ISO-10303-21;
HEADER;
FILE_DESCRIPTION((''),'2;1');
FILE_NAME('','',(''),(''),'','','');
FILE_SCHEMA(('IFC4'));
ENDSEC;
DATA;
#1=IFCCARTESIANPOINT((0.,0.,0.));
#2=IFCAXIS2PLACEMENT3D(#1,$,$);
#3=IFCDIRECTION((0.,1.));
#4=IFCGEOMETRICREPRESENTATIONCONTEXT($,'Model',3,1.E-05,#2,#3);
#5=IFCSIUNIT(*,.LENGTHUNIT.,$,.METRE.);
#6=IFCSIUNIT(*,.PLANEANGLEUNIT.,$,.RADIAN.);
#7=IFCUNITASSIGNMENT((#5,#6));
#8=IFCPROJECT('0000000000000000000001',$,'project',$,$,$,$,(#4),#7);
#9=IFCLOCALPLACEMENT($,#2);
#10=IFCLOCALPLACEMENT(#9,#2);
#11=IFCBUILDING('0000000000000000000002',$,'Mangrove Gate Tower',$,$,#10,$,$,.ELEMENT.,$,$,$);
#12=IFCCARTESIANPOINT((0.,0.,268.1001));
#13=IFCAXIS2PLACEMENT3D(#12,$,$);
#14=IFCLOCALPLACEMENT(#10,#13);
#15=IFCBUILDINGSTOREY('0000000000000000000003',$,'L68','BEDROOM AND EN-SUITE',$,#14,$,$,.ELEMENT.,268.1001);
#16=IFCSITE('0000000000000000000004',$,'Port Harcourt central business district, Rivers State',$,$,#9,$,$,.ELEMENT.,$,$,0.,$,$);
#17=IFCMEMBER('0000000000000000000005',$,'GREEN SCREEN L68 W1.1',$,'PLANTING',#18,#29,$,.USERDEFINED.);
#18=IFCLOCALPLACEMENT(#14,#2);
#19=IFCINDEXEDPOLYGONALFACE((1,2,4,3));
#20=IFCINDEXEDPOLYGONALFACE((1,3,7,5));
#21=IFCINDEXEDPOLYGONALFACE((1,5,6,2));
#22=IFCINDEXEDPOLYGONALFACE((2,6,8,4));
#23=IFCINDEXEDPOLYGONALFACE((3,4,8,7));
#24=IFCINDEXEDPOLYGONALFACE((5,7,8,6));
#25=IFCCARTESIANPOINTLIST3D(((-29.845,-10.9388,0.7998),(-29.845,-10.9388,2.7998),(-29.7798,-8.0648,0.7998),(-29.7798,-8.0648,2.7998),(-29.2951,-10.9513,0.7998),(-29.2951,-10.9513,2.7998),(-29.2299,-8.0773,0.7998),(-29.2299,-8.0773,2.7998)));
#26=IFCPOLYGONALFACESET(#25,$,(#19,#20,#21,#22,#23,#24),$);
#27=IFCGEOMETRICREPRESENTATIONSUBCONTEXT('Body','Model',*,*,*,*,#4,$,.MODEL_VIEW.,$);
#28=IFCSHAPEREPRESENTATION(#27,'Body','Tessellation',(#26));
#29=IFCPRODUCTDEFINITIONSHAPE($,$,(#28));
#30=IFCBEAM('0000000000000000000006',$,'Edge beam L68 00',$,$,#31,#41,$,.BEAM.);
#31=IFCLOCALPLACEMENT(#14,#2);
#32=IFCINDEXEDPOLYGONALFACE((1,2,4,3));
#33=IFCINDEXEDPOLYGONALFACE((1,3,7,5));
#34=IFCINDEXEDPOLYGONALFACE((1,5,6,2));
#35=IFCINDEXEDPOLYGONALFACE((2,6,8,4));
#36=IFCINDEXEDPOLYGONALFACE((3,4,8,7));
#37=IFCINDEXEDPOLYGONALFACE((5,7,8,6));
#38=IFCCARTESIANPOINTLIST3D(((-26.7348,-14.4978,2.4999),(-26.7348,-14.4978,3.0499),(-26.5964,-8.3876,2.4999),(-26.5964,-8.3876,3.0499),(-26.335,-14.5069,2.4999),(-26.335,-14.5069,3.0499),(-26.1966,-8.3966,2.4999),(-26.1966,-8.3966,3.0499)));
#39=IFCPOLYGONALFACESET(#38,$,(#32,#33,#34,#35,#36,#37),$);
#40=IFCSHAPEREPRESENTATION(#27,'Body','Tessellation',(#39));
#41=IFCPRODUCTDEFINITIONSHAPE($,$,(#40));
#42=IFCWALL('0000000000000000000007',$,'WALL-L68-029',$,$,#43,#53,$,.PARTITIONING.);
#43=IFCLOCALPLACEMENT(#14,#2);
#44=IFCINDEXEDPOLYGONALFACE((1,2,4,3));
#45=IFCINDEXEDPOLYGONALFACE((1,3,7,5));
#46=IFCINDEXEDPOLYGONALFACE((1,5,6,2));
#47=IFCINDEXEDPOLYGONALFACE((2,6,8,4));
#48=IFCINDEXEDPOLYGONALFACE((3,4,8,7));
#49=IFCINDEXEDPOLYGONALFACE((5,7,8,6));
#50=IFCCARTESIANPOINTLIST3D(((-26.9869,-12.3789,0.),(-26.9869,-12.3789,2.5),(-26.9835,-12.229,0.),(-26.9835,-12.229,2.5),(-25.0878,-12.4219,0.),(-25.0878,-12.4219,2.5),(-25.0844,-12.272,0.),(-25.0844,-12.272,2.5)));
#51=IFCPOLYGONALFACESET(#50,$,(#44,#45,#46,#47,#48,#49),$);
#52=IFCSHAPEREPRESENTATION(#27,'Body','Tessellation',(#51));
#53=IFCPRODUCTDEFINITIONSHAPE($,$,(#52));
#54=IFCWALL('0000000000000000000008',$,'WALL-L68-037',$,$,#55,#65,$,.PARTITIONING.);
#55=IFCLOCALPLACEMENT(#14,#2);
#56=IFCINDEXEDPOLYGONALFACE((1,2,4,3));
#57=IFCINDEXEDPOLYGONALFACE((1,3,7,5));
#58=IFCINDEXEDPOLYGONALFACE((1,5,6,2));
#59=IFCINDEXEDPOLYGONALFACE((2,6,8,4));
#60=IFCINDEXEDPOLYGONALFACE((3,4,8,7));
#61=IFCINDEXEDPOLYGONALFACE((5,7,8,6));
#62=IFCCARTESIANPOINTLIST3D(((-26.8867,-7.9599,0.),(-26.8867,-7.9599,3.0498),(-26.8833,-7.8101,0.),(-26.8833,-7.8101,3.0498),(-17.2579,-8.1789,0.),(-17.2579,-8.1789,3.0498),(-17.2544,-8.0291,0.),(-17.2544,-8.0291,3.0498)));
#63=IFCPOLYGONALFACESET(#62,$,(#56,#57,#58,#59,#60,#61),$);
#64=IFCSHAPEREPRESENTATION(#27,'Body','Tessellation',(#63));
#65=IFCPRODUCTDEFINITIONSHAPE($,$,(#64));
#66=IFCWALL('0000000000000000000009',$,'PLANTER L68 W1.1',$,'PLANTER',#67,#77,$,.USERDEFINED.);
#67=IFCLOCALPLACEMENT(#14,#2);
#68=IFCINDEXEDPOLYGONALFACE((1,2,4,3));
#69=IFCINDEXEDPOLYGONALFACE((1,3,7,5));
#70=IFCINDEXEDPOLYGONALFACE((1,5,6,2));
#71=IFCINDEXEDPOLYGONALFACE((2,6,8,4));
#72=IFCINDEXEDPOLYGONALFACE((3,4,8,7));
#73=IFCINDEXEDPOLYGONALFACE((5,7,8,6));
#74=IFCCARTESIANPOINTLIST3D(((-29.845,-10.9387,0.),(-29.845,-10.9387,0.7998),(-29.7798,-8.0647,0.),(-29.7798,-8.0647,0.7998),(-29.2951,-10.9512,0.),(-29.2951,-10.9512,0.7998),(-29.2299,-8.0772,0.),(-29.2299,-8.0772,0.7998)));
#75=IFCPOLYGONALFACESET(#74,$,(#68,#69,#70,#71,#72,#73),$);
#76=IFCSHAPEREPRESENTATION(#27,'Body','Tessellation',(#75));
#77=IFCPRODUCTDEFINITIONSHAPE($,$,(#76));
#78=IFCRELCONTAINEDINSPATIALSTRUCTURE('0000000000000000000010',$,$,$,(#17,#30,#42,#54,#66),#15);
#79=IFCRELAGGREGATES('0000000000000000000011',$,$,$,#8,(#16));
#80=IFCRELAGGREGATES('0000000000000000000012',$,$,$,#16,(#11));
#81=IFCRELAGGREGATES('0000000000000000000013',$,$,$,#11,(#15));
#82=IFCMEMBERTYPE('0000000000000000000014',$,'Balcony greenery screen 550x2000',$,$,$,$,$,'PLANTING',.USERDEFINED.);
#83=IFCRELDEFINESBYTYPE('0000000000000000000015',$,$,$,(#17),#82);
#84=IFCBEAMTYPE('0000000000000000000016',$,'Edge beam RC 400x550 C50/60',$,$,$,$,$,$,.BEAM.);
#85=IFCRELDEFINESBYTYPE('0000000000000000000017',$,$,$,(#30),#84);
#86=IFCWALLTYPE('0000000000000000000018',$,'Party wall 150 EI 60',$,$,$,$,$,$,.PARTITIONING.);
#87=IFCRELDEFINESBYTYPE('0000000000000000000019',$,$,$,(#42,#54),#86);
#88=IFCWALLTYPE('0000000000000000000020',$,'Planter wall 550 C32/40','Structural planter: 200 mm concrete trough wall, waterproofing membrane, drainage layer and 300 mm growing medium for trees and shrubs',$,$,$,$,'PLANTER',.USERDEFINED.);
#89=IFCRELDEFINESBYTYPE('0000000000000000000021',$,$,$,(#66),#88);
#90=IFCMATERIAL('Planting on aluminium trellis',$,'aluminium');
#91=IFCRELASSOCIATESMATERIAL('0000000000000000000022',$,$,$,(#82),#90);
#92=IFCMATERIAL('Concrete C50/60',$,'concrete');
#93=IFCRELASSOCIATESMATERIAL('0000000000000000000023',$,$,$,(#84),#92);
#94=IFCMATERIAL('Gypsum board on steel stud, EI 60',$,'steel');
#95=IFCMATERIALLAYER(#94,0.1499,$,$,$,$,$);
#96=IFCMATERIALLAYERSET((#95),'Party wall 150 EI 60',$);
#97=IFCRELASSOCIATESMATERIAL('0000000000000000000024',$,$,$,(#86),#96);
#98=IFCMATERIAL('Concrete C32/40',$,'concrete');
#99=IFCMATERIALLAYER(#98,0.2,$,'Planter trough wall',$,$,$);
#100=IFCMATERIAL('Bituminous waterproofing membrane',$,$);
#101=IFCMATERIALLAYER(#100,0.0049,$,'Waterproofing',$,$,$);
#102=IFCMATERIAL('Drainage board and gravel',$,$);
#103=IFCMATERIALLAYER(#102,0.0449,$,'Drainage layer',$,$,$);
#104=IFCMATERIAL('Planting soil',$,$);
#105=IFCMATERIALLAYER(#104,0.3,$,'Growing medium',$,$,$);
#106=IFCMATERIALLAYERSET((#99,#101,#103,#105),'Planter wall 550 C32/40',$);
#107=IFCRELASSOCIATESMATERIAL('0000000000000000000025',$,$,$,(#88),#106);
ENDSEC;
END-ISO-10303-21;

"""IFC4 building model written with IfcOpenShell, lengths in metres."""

from ifc_helpers import new_model, si_unit, direction, frame, frame_2d, origin, origin_2d, place, context, subcontext, project, spatial, rectangle, extrude, material, layer, layer_set, material_profile, profile_set, type_object, element, save


model = new_model("IFC4")

# Units and contexts
model_context = context("Model", 3, precision=1e-05, world=origin(), true_north=direction((0.0, 1.0)))
body_context = subcontext(model_context, "Body", "Model", "MODEL_VIEW")
ifc_project = project(units=[si_unit("LENGTHUNIT", "METRE"), si_unit("PLANEANGLEUNIT", "RADIAN")], contexts=[model_context])

# Site, building, storey
site_placement = place(None, origin())
site = spatial("IfcSite", under=ifc_project, at=site_placement, Name="Port Harcourt central business district, Rivers State", CompositionType="ELEMENT", RefElevation=0.0)
building_placement = place(site_placement, origin())
building = spatial("IfcBuilding", under=site, at=building_placement, Name="Mangrove Gate Tower", CompositionType="ELEMENT")
storey_placement = place(building_placement, frame((0.0, 0.0, 268.1001)))
storey = spatial("IfcBuildingStorey", under=building, at=storey_placement, Name="L68", Description="BEDROOM AND EN-SUITE", CompositionType="ELEMENT", Elevation=268.1001)

# Member
ifc_material_1 = material(Name="Planting on aluminium trellis", Category="aluminium")
ifc_material_profile_1 = material_profile(ifc_material_1, rectangle(XDim=0.55, YDim=2.0, at=origin_2d()))
ifc_profile_set_1 = profile_set([ifc_material_profile_1], Name="Planting on aluminium trellis")
member_type = type_object("IfcMemberType", Name="Balcony greenery screen 550x2000", ElementType="PLANTING", PredefinedType="USERDEFINED", material=ifc_profile_set_1)
member_placement = place(storey_placement, frame((-29.5701, -10.9451, 1.7998), z_axis=(0.022675, 0.999743, 0.0), x_axis=(-0.999743, 0.022675, 0.0)))
element("IfcMember", 1, at=member_placement, inside=storey, type_object=member_type, Name="GREEN SCREEN L68 W1.1", ObjectType="PLANTING", PredefinedType="USERDEFINED", context=body_context, shape_type="SweptSolid", body=[
    extrude(rectangle(XDim=0.55, YDim=2.0, at=origin_2d()), origin(), (0.0, 0.0, 1.0), 2.8748),
])

# Beam
ifc_material_2 = material(Name="Concrete C50/60", Category="concrete")
ifc_material_profile_2 = material_profile(ifc_material_2, rectangle(XDim=0.3999, YDim=0.55, at=origin_2d()))
ifc_profile_set_2 = profile_set([ifc_material_profile_2], Name="Concrete C50/60")
beam_type = type_object("IfcBeamType", Name="Edge beam RC 400x550 C50/60", PredefinedType="BEAM", material=ifc_profile_set_2)
beam_placement = place(storey_placement, frame((-26.3965, -8.3921, 2.7749), z_axis=(-0.022649, -0.999743, 0.0), x_axis=(0.999743, -0.022649, 0.0)))
element("IfcBeam", 2, at=beam_placement, inside=storey, type_object=beam_type, Name="Edge beam L68 00", PredefinedType="BEAM", context=body_context, shape_type="SweptSolid", body=[
    extrude(rectangle(XDim=0.3999, YDim=0.55, at=origin_2d()), origin(), (0.0, 0.0, 1.0), 6.1118),
])

# Walls
ifc_material_3 = material(Name="Gypsum board on steel stud, EI 60", Category="steel")
ifc_layer_1 = layer(ifc_material_3, 0.1499)
ifc_layer_set_1 = layer_set([ifc_layer_1], Name="Party wall 150 EI 60")
wall_type_1 = type_object("IfcWallType", Name="Party wall 150 EI 60", PredefinedType="PARTITIONING", material=ifc_layer_set_1)
wall_1_placement = place(storey_placement, frame((-26.9851, -12.304, 0.0), z_axis=(0.0, 0.0, 1.0), x_axis=(0.999744, -0.022619, 0.0)))
element("IfcWall", 3, at=wall_1_placement, inside=storey, type_object=wall_type_1, Name="WALL-L68-029", PredefinedType="PARTITIONING", context=body_context, shape_type="SweptSolid", body=[
    extrude(rectangle(XDim=1.8997, YDim=0.1499, at=frame_2d((0.9497, 0.0))), origin(), (0.0, 0.0, 1.0), 2.5),
])
wall_2_placement = place(storey_placement, frame((-26.885, -7.885, 0.0), z_axis=(0.0, 0.0, 1.0), x_axis=(0.999741, -0.022738, 0.0)))
element("IfcWall", 4, at=wall_2_placement, inside=storey, type_object=wall_type_1, Name="WALL-L68-037", PredefinedType="PARTITIONING", context=body_context, shape_type="SweptSolid", body=[
    extrude(rectangle(XDim=9.6313, YDim=0.1499, at=frame_2d((4.8157, 0.0))), origin(), (0.0, 0.0, 1.0), 3.0498),
])
ifc_material_4 = material(Name="Concrete C32/40", Category="concrete")
ifc_layer_2 = layer(ifc_material_4, 0.2, Name="Planter trough wall")
ifc_material_5 = material(Name="Bituminous waterproofing membrane")
ifc_layer_3 = layer(ifc_material_5, 0.0049, Name="Waterproofing")
ifc_material_6 = material(Name="Drainage board and gravel")
ifc_layer_4 = layer(ifc_material_6, 0.0449, Name="Drainage layer")
ifc_material_7 = material(Name="Planting soil")
ifc_layer_5 = layer(ifc_material_7, 0.3, Name="Growing medium")
ifc_layer_set_2 = layer_set([ifc_layer_2, ifc_layer_3, ifc_layer_4, ifc_layer_5], Name="Planter wall 550 C32/40")
wall_type_2 = type_object("IfcWallType", Name="Planter wall 550 C32/40", Description="Structural planter: 200 mm concrete trough wall, waterproofing membrane, drainage layer and 300 mm growing medium for trees and shrubs", ElementType="PLANTER", PredefinedType="USERDEFINED", material=ifc_layer_set_2)
wall_3_placement = place(storey_placement, frame((-29.5701, -10.9451, 0.0), z_axis=(0.0, 0.0, 1.0), x_axis=(0.022675, 0.999743, 0.0)))
element("IfcWall", 5, at=wall_3_placement, inside=storey, type_object=wall_type_2, Name="PLANTER L68 W1.1", ObjectType="PLANTER", PredefinedType="USERDEFINED", context=body_context, shape_type="SweptSolid", body=[
    extrude(rectangle(XDim=2.8748, YDim=0.55, at=frame_2d((1.4375, 0.0))), origin(), (0.0, 0.0, 1.0), 0.7998),
])

save(model, "model.ifc")
